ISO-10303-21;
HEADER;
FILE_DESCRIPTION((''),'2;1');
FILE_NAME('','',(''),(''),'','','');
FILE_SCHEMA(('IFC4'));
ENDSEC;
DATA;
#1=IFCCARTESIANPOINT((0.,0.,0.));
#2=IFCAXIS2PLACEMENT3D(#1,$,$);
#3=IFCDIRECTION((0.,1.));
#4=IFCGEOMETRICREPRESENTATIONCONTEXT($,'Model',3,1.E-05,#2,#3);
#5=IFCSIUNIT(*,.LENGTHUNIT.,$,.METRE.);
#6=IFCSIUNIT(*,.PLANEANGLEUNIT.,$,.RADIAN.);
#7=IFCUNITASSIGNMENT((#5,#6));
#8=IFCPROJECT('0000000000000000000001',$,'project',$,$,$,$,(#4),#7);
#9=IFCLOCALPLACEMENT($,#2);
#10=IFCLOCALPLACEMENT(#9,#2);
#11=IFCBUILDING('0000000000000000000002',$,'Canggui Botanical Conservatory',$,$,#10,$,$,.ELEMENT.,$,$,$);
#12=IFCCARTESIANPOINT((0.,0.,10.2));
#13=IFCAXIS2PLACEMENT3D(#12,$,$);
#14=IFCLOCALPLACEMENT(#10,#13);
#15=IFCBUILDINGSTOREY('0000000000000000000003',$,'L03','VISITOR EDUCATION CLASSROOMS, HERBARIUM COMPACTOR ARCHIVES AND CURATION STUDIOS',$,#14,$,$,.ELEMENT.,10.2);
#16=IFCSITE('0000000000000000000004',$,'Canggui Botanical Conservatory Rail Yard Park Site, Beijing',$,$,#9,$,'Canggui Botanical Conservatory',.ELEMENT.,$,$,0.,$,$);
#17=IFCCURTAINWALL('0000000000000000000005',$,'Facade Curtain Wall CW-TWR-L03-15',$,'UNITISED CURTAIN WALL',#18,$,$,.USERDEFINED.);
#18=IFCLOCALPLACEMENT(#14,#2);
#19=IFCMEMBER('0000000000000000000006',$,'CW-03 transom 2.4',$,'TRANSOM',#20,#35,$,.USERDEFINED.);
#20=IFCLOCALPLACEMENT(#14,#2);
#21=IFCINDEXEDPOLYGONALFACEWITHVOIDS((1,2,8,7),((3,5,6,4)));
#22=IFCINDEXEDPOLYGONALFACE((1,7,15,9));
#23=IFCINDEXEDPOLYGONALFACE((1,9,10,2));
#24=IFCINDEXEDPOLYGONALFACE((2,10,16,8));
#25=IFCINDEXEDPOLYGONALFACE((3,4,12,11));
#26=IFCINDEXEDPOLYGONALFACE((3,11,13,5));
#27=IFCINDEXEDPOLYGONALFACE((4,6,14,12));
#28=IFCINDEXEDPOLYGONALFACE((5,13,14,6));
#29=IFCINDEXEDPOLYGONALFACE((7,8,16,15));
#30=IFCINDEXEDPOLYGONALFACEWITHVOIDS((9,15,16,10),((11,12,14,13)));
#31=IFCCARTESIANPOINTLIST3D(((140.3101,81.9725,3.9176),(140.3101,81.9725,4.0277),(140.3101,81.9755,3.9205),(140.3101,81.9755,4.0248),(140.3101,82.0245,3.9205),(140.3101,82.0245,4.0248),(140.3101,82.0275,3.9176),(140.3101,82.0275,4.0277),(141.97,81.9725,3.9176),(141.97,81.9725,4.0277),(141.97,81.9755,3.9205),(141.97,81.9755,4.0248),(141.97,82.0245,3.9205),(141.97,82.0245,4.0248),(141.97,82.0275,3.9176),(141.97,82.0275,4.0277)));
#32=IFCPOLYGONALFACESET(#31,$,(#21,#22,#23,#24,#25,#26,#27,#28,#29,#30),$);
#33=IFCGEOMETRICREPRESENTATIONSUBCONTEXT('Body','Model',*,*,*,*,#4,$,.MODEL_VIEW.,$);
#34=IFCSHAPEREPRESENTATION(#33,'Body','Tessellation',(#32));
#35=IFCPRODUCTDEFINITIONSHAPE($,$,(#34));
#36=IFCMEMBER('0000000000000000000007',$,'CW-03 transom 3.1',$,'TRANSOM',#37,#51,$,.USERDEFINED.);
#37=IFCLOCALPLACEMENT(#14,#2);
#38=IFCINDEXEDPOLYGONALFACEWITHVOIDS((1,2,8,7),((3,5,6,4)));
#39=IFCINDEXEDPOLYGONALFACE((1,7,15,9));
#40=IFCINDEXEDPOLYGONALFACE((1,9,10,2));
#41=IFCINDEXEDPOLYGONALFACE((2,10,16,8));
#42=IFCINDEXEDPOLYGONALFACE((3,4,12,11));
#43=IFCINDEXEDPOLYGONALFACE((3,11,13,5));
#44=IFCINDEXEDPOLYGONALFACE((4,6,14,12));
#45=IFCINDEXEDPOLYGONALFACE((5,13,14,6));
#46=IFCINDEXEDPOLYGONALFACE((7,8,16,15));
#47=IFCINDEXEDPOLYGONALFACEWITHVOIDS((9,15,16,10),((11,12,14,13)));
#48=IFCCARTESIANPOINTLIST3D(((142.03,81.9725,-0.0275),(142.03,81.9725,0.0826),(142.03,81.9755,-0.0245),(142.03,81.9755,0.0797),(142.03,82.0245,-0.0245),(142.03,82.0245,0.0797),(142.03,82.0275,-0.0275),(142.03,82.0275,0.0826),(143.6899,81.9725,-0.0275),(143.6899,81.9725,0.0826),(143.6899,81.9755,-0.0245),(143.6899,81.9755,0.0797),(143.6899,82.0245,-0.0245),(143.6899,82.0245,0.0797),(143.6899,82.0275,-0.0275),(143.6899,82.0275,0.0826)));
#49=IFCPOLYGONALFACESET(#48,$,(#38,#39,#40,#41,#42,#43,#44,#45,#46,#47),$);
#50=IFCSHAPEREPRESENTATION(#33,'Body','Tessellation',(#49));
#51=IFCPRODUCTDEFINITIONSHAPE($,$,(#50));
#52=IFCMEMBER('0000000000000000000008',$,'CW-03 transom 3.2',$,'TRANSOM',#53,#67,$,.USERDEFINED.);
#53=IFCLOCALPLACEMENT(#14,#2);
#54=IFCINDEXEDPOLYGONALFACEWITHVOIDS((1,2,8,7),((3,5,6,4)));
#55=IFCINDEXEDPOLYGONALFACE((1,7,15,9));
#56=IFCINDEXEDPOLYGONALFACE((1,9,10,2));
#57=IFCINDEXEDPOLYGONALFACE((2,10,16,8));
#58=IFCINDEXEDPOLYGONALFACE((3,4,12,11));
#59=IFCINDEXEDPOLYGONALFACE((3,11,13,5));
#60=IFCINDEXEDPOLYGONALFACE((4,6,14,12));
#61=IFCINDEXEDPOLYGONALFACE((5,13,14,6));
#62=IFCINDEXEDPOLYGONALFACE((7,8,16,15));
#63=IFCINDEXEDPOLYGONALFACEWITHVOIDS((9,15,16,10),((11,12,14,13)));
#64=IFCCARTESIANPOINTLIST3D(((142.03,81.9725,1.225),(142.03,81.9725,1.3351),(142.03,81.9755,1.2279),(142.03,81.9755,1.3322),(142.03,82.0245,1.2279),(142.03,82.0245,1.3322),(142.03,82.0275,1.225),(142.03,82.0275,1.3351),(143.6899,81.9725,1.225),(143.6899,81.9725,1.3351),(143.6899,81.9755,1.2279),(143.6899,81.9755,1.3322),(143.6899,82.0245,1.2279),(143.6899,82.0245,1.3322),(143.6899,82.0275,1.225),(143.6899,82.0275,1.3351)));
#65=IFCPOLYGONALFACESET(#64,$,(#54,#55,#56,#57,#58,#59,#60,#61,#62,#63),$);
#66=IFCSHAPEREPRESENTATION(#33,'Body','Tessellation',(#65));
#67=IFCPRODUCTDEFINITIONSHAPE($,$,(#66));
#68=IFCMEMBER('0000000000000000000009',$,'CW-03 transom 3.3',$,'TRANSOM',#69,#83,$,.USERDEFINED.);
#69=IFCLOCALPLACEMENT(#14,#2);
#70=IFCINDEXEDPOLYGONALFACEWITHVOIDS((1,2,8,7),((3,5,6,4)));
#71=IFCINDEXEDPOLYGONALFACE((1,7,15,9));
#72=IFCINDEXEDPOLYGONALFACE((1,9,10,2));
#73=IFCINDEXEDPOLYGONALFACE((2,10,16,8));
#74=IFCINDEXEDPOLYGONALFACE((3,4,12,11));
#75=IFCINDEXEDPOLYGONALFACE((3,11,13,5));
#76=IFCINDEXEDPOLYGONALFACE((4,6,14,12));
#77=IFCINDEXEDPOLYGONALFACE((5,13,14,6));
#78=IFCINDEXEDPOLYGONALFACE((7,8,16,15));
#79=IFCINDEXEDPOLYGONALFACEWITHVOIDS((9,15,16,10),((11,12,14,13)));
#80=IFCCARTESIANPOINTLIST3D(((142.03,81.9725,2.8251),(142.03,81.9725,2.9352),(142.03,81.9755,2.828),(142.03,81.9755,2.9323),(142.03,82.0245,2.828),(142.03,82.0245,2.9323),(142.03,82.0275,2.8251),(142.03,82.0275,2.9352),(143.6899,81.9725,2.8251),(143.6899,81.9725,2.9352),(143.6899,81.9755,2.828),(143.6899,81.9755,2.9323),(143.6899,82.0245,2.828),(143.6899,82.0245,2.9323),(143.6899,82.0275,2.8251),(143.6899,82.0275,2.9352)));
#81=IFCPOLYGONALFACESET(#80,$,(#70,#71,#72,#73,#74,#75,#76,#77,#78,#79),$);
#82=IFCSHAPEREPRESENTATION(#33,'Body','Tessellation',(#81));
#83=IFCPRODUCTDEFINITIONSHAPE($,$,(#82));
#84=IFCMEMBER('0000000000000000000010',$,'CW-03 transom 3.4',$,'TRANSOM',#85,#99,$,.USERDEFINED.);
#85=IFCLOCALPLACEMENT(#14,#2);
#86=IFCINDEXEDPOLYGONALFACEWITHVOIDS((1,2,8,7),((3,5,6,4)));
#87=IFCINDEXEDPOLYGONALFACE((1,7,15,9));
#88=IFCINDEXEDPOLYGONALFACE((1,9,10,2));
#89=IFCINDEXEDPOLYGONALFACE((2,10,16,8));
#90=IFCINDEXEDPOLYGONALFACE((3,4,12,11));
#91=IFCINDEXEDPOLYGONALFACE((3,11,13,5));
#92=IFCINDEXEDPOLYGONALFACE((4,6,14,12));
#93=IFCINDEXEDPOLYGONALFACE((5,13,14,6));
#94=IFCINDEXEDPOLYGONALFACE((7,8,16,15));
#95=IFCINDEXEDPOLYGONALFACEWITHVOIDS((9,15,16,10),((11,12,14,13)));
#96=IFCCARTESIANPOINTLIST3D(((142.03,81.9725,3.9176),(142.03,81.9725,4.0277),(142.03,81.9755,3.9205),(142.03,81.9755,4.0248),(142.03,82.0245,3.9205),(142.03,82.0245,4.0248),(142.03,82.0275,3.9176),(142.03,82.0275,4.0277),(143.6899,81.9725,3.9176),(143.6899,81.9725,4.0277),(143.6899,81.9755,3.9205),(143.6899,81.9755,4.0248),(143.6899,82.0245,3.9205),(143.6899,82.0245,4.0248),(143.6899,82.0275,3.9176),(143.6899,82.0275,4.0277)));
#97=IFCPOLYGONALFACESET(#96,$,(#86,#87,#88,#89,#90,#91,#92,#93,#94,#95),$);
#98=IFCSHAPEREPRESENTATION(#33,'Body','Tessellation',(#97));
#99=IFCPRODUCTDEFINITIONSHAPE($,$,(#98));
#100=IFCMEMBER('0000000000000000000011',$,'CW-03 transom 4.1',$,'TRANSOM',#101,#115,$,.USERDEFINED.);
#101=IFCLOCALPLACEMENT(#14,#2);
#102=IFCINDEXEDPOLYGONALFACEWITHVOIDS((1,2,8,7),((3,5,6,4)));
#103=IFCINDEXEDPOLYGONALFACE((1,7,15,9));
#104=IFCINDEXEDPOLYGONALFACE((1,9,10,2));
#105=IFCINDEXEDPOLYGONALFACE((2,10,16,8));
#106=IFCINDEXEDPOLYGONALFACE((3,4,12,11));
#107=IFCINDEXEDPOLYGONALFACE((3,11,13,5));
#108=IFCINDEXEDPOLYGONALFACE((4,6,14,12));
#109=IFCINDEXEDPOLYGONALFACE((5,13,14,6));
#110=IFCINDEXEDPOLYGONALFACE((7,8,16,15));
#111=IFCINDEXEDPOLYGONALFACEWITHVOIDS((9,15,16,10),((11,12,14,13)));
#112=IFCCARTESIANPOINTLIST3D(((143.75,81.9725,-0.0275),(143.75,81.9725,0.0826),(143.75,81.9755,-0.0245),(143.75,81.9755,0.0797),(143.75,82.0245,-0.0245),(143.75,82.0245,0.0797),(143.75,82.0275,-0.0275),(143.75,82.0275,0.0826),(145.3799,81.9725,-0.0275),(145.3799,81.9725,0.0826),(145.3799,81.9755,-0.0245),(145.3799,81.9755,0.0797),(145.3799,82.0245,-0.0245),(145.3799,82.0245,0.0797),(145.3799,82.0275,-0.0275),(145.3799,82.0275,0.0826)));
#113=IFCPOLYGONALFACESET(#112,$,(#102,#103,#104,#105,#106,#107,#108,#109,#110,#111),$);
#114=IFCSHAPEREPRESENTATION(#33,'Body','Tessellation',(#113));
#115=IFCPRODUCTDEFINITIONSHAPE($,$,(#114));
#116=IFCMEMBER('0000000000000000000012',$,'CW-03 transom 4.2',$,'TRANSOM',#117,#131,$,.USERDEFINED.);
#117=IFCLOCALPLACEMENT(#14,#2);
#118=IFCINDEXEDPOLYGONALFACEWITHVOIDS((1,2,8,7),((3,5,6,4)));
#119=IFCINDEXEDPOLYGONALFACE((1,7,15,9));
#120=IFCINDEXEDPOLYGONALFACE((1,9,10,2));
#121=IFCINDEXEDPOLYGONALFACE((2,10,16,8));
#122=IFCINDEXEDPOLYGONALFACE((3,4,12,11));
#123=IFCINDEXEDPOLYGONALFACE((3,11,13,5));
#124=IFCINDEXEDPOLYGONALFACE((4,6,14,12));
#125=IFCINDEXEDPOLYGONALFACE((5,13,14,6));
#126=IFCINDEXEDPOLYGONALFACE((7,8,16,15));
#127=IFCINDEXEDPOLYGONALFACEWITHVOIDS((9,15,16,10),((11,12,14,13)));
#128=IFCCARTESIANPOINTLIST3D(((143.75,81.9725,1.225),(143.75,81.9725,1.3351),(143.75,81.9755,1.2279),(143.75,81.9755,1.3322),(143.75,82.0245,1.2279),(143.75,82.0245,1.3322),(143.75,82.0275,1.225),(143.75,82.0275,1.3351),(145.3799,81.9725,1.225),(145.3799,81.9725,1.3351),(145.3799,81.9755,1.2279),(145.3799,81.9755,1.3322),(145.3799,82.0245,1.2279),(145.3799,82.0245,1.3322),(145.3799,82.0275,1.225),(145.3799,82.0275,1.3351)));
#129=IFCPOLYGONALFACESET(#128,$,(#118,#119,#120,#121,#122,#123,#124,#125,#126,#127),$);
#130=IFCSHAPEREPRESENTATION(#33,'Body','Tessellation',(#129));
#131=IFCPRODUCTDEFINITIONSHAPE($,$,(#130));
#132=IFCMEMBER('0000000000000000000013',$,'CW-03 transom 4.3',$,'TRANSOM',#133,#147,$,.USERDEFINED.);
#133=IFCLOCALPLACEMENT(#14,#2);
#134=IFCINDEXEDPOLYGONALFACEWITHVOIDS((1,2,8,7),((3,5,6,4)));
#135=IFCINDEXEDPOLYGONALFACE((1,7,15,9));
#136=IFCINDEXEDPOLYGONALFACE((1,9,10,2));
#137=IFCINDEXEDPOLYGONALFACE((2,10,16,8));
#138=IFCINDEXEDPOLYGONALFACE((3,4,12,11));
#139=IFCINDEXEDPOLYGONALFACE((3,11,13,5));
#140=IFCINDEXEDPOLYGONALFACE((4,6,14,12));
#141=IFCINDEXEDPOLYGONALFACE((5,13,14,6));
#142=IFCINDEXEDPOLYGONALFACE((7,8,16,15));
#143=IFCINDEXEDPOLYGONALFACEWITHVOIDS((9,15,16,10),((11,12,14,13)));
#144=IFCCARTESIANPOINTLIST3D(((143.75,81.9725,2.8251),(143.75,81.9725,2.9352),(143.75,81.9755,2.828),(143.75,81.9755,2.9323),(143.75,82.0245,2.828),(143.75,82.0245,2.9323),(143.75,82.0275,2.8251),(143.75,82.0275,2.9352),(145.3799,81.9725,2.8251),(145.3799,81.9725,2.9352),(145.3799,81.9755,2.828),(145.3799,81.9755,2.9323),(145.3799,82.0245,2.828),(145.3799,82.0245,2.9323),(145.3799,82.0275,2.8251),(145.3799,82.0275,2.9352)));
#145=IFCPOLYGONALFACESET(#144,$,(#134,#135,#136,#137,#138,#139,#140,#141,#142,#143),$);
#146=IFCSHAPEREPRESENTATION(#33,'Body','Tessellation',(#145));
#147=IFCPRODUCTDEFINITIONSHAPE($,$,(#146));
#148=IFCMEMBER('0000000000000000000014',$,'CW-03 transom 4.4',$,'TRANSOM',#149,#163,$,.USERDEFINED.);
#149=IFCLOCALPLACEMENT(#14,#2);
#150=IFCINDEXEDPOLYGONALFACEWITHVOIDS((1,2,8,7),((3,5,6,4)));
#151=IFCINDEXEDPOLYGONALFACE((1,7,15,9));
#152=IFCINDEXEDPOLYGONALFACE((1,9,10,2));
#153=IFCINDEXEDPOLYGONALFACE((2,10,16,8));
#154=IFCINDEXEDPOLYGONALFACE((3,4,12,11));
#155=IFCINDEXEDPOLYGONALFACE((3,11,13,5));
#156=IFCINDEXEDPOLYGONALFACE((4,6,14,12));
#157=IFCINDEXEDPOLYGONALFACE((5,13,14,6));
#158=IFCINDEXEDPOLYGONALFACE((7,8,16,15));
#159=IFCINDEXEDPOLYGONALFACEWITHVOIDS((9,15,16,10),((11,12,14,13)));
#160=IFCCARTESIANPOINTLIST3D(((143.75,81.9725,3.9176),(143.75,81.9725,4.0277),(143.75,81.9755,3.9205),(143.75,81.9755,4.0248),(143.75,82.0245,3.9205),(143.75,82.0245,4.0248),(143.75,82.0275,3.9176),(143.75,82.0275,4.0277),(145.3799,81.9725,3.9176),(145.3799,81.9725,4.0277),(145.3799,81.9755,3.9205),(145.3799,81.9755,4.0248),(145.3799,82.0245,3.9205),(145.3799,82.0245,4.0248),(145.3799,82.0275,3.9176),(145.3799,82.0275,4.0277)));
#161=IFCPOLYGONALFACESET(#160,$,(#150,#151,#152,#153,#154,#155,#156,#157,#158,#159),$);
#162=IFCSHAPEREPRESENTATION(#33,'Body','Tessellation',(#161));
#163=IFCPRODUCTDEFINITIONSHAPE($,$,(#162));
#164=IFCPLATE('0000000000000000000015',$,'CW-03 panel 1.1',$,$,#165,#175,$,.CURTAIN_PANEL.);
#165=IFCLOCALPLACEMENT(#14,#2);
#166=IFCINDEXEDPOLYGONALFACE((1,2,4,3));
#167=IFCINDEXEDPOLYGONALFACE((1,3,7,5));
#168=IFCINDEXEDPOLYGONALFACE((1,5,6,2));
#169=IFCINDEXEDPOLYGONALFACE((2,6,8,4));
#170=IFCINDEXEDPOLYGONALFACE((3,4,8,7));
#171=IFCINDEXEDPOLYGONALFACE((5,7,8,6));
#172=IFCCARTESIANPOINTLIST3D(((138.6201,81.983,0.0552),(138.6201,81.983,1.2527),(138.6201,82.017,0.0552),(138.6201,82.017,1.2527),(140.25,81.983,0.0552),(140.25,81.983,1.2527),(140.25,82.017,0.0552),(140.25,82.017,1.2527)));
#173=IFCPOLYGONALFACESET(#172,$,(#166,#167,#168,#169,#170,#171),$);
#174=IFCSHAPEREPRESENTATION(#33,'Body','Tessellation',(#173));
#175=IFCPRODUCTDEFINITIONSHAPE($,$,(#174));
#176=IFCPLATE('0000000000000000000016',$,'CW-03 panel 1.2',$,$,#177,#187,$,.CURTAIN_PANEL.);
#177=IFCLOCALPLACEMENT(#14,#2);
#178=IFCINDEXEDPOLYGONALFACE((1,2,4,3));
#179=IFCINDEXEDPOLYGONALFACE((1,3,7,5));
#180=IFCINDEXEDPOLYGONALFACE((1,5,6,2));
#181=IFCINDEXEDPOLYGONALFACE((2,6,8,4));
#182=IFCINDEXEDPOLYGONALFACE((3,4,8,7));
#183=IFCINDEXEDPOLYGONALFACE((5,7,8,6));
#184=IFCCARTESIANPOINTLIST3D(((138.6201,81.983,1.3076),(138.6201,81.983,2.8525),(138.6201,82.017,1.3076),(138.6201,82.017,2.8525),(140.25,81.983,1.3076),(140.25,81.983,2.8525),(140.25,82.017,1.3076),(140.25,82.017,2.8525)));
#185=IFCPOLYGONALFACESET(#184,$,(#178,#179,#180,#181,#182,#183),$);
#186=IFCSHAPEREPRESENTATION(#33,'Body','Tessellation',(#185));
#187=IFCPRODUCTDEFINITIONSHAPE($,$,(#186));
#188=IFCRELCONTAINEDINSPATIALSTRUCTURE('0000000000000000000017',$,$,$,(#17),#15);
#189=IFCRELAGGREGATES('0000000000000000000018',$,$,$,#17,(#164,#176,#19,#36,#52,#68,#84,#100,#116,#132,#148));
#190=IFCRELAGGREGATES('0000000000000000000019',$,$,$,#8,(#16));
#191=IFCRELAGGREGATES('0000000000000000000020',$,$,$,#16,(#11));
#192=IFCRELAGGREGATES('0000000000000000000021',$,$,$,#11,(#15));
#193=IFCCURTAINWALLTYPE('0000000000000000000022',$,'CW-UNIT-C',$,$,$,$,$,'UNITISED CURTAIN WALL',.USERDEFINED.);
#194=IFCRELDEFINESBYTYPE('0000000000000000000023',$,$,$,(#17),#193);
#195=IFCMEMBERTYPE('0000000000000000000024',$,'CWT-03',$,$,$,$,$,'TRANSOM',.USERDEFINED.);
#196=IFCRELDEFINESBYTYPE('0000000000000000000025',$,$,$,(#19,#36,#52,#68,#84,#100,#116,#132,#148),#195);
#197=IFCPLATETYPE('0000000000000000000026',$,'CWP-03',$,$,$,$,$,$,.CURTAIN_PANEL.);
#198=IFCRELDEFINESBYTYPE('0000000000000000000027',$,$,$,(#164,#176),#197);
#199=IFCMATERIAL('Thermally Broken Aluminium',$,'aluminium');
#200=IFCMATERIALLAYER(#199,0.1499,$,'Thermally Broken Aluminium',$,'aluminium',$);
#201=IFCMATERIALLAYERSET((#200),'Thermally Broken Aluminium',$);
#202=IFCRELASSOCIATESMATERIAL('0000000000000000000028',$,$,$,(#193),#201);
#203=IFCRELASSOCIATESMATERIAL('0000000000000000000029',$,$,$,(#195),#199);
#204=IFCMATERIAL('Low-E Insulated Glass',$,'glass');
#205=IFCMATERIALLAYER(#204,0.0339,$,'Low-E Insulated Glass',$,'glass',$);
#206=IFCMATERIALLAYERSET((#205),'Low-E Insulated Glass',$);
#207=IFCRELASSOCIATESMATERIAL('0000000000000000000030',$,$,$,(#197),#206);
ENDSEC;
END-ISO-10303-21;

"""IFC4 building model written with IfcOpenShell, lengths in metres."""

from ifc_helpers import new_model, si_unit, direction, frame, origin, origin_2d, place, context, subcontext, project, spatial, rectangle, hollow_rectangle, extrude, material, layer, layer_set, material_profile, profile_set, type_object, element, aggregate, save


model = new_model("IFC4")

# Units and contexts
model_context = context("Model", 3, precision=1e-05, world=origin(), true_north=direction((0.0, 1.0)))
body_context = subcontext(model_context, "Body", "Model", "MODEL_VIEW")
ifc_project = project(units=[si_unit("LENGTHUNIT", "METRE"), si_unit("PLANEANGLEUNIT", "RADIAN")], contexts=[model_context])

# Site, building, storey
site_placement = place(None, origin())
site = spatial("IfcSite", under=ifc_project, at=site_placement, Name="Canggui Botanical Conservatory Rail Yard Park Site, Beijing", LongName="Canggui Botanical Conservatory", CompositionType="ELEMENT", RefElevation=0.0)
building_placement = place(site_placement, origin())
building = spatial("IfcBuilding", under=site, at=building_placement, Name="Canggui Botanical Conservatory", CompositionType="ELEMENT")
storey_placement = place(building_placement, frame((0.0, 0.0, 10.2)))
storey = spatial("IfcBuildingStorey", under=building, at=storey_placement, Name="L03", Description="VISITOR EDUCATION CLASSROOMS, HERBARIUM COMPACTOR ARCHIVES AND CURATION STUDIOS", CompositionType="ELEMENT", Elevation=10.2)

# Curtain wall, members, plates
ifc_material_1 = material(Name="Thermally Broken Aluminium", Category="aluminium")
ifc_layer_1 = layer(ifc_material_1, 0.1499, Name="Thermally Broken Aluminium", Category="aluminium")
ifc_layer_set_1 = layer_set([ifc_layer_1], Name="Thermally Broken Aluminium")
curtain_wall_type = type_object("IfcCurtainWallType", Name="CW-UNIT-C", ElementType="UNITISED CURTAIN WALL", PredefinedType="USERDEFINED", material=ifc_layer_set_1)
curtain_wall_placement = place(storey_placement, origin())
curtain_wall = element("IfcCurtainWall", 1, at=curtain_wall_placement, inside=storey, type_object=curtain_wall_type, Name="Facade Curtain Wall CW-TWR-L03-15", ObjectType="UNITISED CURTAIN WALL", PredefinedType="USERDEFINED")
ifc_material_profile_1 = material_profile(ifc_material_1, hollow_rectangle(XDim=0.0549, YDim=0.1101, WallThickness=0.0029, at=origin_2d()), Name="CWT 55x110x3")
ifc_profile_set_1 = profile_set([ifc_material_profile_1], Name="Thermally Broken Aluminium")
member_type_1 = type_object("IfcMemberType", Name="CWT-03", ElementType="TRANSOM", PredefinedType="USERDEFINED", material=ifc_profile_set_1)
member_1_placement = place(storey_placement, frame((140.3101, 82.0, 3.9727), z_axis=(1.0, 0.0, 0.0), x_axis=(0.0, 1.0, 0.0)))
member_1 = element("IfcMember", 2, at=member_1_placement, type_object=member_type_1, Name="CW-03 transom 2.4", ObjectType="TRANSOM", PredefinedType="USERDEFINED", context=body_context, shape_type="SweptSolid", body=[
    extrude(hollow_rectangle(XDim=0.0549, YDim=0.1101, WallThickness=0.0029, at=origin_2d()), origin(), (0.0, 0.0, 1.0), 1.6599),
])
member_2_placement = place(storey_placement, frame((142.03, 82.0, 0.0276), z_axis=(1.0, 0.0, 0.0), x_axis=(0.0, 1.0, 0.0)))
member_2 = element("IfcMember", 3, at=member_2_placement, type_object=member_type_1, Name="CW-03 transom 3.1", ObjectType="TRANSOM", PredefinedType="USERDEFINED", context=body_context, shape_type="SweptSolid", body=[
    extrude(hollow_rectangle(XDim=0.0549, YDim=0.1101, WallThickness=0.0029, at=origin_2d()), origin(), (0.0, 0.0, 1.0), 1.6599),
])
member_3_placement = place(storey_placement, frame((142.03, 82.0, 1.28), z_axis=(1.0, 0.0, 0.0), x_axis=(0.0, 1.0, 0.0)))
member_3 = element("IfcMember", 4, at=member_3_placement, type_object=member_type_1, Name="CW-03 transom 3.2", ObjectType="TRANSOM", PredefinedType="USERDEFINED", context=body_context, shape_type="SweptSolid", body=[
    extrude(hollow_rectangle(XDim=0.0549, YDim=0.1101, WallThickness=0.0029, at=origin_2d()), origin(), (0.0, 0.0, 1.0), 1.6599),
])
member_4_placement = place(storey_placement, frame((142.03, 82.0, 2.8801), z_axis=(1.0, 0.0, 0.0), x_axis=(0.0, 1.0, 0.0)))
member_4 = element("IfcMember", 5, at=member_4_placement, type_object=member_type_1, Name="CW-03 transom 3.3", ObjectType="TRANSOM", PredefinedType="USERDEFINED", context=body_context, shape_type="SweptSolid", body=[
    extrude(hollow_rectangle(XDim=0.0549, YDim=0.1101, WallThickness=0.0029, at=origin_2d()), origin(), (0.0, 0.0, 1.0), 1.6599),
])
member_5_placement = place(storey_placement, frame((142.03, 82.0, 3.9727), z_axis=(1.0, 0.0, 0.0), x_axis=(0.0, 1.0, 0.0)))
member_5 = element("IfcMember", 6, at=member_5_placement, type_object=member_type_1, Name="CW-03 transom 3.4", ObjectType="TRANSOM", PredefinedType="USERDEFINED", context=body_context, shape_type="SweptSolid", body=[
    extrude(hollow_rectangle(XDim=0.0549, YDim=0.1101, WallThickness=0.0029, at=origin_2d()), origin(), (0.0, 0.0, 1.0), 1.6599),
])
member_6_placement = place(storey_placement, frame((143.75, 82.0, 0.0276), z_axis=(1.0, 0.0, 0.0), x_axis=(0.0, 1.0, 0.0)))
member_6 = element("IfcMember", 7, at=member_6_placement, type_object=member_type_1, Name="CW-03 transom 4.1", ObjectType="TRANSOM", PredefinedType="USERDEFINED", context=body_context, shape_type="SweptSolid", body=[
    extrude(hollow_rectangle(XDim=0.0549, YDim=0.1101, WallThickness=0.0029, at=origin_2d()), origin(), (0.0, 0.0, 1.0), 1.6299),
])
member_7_placement = place(storey_placement, frame((143.75, 82.0, 1.28), z_axis=(1.0, 0.0, 0.0), x_axis=(0.0, 1.0, 0.0)))
member_7 = element("IfcMember", 8, at=member_7_placement, type_object=member_type_1, Name="CW-03 transom 4.2", ObjectType="TRANSOM", PredefinedType="USERDEFINED", context=body_context, shape_type="SweptSolid", body=[
    extrude(hollow_rectangle(XDim=0.0549, YDim=0.1101, WallThickness=0.0029, at=origin_2d()), origin(), (0.0, 0.0, 1.0), 1.6299),
])
member_8_placement = place(storey_placement, frame((143.75, 82.0, 2.8801), z_axis=(1.0, 0.0, 0.0), x_axis=(0.0, 1.0, 0.0)))
member_8 = element("IfcMember", 9, at=member_8_placement, type_object=member_type_1, Name="CW-03 transom 4.3", ObjectType="TRANSOM", PredefinedType="USERDEFINED", context=body_context, shape_type="SweptSolid", body=[
    extrude(hollow_rectangle(XDim=0.0549, YDim=0.1101, WallThickness=0.0029, at=origin_2d()), origin(), (0.0, 0.0, 1.0), 1.6299),
])
member_9_placement = place(storey_placement, frame((143.75, 82.0, 3.9727), z_axis=(1.0, 0.0, 0.0), x_axis=(0.0, 1.0, 0.0)))
member_9 = element("IfcMember", 10, at=member_9_placement, type_object=member_type_1, Name="CW-03 transom 4.4", ObjectType="TRANSOM", PredefinedType="USERDEFINED", context=body_context, shape_type="SweptSolid", body=[
    extrude(hollow_rectangle(XDim=0.0549, YDim=0.1101, WallThickness=0.0029, at=origin_2d()), origin(), (0.0, 0.0, 1.0), 1.6299),
])
ifc_material_2 = material(Name="Low-E Insulated Glass", Category="glass")
ifc_layer_2 = layer(ifc_material_2, 0.0339, Name="Low-E Insulated Glass", Category="glass")
ifc_layer_set_2 = layer_set([ifc_layer_2], Name="Low-E Insulated Glass")
plate_type = type_object("IfcPlateType", Name="CWP-03", PredefinedType="CURTAIN_PANEL", material=ifc_layer_set_2)
plate_1_placement = place(storey_placement, frame((139.4351, 82.0, 0.0552), z_axis=(0.0, 0.0, 1.0), x_axis=(1.0, 0.0, 0.0)))
plate_1 = element("IfcPlate", 11, at=plate_1_placement, type_object=plate_type, Name="CW-03 panel 1.1", PredefinedType="CURTAIN_PANEL", context=body_context, shape_type="SweptSolid", body=[
    extrude(rectangle(XDim=1.6299, YDim=0.0339, at=origin_2d()), origin(), (0.0, 0.0, 1.0), 1.1975),
])
plate_2_placement = place(storey_placement, frame((139.4351, 82.0, 1.3076), z_axis=(0.0, 0.0, 1.0), x_axis=(1.0, 0.0, 0.0)))
plate_2 = element("IfcPlate", 12, at=plate_2_placement, type_object=plate_type, Name="CW-03 panel 1.2", PredefinedType="CURTAIN_PANEL", context=body_context, shape_type="SweptSolid", body=[
    extrude(rectangle(XDim=1.6299, YDim=0.0339, at=origin_2d()), origin(), (0.0, 0.0, 1.0), 1.5449),
])
aggregate(curtain_wall, [plate_1, plate_2, member_1, member_2, member_3, member_4, member_5, member_6, member_7, member_8, member_9])

save(model, "model.ifc")
